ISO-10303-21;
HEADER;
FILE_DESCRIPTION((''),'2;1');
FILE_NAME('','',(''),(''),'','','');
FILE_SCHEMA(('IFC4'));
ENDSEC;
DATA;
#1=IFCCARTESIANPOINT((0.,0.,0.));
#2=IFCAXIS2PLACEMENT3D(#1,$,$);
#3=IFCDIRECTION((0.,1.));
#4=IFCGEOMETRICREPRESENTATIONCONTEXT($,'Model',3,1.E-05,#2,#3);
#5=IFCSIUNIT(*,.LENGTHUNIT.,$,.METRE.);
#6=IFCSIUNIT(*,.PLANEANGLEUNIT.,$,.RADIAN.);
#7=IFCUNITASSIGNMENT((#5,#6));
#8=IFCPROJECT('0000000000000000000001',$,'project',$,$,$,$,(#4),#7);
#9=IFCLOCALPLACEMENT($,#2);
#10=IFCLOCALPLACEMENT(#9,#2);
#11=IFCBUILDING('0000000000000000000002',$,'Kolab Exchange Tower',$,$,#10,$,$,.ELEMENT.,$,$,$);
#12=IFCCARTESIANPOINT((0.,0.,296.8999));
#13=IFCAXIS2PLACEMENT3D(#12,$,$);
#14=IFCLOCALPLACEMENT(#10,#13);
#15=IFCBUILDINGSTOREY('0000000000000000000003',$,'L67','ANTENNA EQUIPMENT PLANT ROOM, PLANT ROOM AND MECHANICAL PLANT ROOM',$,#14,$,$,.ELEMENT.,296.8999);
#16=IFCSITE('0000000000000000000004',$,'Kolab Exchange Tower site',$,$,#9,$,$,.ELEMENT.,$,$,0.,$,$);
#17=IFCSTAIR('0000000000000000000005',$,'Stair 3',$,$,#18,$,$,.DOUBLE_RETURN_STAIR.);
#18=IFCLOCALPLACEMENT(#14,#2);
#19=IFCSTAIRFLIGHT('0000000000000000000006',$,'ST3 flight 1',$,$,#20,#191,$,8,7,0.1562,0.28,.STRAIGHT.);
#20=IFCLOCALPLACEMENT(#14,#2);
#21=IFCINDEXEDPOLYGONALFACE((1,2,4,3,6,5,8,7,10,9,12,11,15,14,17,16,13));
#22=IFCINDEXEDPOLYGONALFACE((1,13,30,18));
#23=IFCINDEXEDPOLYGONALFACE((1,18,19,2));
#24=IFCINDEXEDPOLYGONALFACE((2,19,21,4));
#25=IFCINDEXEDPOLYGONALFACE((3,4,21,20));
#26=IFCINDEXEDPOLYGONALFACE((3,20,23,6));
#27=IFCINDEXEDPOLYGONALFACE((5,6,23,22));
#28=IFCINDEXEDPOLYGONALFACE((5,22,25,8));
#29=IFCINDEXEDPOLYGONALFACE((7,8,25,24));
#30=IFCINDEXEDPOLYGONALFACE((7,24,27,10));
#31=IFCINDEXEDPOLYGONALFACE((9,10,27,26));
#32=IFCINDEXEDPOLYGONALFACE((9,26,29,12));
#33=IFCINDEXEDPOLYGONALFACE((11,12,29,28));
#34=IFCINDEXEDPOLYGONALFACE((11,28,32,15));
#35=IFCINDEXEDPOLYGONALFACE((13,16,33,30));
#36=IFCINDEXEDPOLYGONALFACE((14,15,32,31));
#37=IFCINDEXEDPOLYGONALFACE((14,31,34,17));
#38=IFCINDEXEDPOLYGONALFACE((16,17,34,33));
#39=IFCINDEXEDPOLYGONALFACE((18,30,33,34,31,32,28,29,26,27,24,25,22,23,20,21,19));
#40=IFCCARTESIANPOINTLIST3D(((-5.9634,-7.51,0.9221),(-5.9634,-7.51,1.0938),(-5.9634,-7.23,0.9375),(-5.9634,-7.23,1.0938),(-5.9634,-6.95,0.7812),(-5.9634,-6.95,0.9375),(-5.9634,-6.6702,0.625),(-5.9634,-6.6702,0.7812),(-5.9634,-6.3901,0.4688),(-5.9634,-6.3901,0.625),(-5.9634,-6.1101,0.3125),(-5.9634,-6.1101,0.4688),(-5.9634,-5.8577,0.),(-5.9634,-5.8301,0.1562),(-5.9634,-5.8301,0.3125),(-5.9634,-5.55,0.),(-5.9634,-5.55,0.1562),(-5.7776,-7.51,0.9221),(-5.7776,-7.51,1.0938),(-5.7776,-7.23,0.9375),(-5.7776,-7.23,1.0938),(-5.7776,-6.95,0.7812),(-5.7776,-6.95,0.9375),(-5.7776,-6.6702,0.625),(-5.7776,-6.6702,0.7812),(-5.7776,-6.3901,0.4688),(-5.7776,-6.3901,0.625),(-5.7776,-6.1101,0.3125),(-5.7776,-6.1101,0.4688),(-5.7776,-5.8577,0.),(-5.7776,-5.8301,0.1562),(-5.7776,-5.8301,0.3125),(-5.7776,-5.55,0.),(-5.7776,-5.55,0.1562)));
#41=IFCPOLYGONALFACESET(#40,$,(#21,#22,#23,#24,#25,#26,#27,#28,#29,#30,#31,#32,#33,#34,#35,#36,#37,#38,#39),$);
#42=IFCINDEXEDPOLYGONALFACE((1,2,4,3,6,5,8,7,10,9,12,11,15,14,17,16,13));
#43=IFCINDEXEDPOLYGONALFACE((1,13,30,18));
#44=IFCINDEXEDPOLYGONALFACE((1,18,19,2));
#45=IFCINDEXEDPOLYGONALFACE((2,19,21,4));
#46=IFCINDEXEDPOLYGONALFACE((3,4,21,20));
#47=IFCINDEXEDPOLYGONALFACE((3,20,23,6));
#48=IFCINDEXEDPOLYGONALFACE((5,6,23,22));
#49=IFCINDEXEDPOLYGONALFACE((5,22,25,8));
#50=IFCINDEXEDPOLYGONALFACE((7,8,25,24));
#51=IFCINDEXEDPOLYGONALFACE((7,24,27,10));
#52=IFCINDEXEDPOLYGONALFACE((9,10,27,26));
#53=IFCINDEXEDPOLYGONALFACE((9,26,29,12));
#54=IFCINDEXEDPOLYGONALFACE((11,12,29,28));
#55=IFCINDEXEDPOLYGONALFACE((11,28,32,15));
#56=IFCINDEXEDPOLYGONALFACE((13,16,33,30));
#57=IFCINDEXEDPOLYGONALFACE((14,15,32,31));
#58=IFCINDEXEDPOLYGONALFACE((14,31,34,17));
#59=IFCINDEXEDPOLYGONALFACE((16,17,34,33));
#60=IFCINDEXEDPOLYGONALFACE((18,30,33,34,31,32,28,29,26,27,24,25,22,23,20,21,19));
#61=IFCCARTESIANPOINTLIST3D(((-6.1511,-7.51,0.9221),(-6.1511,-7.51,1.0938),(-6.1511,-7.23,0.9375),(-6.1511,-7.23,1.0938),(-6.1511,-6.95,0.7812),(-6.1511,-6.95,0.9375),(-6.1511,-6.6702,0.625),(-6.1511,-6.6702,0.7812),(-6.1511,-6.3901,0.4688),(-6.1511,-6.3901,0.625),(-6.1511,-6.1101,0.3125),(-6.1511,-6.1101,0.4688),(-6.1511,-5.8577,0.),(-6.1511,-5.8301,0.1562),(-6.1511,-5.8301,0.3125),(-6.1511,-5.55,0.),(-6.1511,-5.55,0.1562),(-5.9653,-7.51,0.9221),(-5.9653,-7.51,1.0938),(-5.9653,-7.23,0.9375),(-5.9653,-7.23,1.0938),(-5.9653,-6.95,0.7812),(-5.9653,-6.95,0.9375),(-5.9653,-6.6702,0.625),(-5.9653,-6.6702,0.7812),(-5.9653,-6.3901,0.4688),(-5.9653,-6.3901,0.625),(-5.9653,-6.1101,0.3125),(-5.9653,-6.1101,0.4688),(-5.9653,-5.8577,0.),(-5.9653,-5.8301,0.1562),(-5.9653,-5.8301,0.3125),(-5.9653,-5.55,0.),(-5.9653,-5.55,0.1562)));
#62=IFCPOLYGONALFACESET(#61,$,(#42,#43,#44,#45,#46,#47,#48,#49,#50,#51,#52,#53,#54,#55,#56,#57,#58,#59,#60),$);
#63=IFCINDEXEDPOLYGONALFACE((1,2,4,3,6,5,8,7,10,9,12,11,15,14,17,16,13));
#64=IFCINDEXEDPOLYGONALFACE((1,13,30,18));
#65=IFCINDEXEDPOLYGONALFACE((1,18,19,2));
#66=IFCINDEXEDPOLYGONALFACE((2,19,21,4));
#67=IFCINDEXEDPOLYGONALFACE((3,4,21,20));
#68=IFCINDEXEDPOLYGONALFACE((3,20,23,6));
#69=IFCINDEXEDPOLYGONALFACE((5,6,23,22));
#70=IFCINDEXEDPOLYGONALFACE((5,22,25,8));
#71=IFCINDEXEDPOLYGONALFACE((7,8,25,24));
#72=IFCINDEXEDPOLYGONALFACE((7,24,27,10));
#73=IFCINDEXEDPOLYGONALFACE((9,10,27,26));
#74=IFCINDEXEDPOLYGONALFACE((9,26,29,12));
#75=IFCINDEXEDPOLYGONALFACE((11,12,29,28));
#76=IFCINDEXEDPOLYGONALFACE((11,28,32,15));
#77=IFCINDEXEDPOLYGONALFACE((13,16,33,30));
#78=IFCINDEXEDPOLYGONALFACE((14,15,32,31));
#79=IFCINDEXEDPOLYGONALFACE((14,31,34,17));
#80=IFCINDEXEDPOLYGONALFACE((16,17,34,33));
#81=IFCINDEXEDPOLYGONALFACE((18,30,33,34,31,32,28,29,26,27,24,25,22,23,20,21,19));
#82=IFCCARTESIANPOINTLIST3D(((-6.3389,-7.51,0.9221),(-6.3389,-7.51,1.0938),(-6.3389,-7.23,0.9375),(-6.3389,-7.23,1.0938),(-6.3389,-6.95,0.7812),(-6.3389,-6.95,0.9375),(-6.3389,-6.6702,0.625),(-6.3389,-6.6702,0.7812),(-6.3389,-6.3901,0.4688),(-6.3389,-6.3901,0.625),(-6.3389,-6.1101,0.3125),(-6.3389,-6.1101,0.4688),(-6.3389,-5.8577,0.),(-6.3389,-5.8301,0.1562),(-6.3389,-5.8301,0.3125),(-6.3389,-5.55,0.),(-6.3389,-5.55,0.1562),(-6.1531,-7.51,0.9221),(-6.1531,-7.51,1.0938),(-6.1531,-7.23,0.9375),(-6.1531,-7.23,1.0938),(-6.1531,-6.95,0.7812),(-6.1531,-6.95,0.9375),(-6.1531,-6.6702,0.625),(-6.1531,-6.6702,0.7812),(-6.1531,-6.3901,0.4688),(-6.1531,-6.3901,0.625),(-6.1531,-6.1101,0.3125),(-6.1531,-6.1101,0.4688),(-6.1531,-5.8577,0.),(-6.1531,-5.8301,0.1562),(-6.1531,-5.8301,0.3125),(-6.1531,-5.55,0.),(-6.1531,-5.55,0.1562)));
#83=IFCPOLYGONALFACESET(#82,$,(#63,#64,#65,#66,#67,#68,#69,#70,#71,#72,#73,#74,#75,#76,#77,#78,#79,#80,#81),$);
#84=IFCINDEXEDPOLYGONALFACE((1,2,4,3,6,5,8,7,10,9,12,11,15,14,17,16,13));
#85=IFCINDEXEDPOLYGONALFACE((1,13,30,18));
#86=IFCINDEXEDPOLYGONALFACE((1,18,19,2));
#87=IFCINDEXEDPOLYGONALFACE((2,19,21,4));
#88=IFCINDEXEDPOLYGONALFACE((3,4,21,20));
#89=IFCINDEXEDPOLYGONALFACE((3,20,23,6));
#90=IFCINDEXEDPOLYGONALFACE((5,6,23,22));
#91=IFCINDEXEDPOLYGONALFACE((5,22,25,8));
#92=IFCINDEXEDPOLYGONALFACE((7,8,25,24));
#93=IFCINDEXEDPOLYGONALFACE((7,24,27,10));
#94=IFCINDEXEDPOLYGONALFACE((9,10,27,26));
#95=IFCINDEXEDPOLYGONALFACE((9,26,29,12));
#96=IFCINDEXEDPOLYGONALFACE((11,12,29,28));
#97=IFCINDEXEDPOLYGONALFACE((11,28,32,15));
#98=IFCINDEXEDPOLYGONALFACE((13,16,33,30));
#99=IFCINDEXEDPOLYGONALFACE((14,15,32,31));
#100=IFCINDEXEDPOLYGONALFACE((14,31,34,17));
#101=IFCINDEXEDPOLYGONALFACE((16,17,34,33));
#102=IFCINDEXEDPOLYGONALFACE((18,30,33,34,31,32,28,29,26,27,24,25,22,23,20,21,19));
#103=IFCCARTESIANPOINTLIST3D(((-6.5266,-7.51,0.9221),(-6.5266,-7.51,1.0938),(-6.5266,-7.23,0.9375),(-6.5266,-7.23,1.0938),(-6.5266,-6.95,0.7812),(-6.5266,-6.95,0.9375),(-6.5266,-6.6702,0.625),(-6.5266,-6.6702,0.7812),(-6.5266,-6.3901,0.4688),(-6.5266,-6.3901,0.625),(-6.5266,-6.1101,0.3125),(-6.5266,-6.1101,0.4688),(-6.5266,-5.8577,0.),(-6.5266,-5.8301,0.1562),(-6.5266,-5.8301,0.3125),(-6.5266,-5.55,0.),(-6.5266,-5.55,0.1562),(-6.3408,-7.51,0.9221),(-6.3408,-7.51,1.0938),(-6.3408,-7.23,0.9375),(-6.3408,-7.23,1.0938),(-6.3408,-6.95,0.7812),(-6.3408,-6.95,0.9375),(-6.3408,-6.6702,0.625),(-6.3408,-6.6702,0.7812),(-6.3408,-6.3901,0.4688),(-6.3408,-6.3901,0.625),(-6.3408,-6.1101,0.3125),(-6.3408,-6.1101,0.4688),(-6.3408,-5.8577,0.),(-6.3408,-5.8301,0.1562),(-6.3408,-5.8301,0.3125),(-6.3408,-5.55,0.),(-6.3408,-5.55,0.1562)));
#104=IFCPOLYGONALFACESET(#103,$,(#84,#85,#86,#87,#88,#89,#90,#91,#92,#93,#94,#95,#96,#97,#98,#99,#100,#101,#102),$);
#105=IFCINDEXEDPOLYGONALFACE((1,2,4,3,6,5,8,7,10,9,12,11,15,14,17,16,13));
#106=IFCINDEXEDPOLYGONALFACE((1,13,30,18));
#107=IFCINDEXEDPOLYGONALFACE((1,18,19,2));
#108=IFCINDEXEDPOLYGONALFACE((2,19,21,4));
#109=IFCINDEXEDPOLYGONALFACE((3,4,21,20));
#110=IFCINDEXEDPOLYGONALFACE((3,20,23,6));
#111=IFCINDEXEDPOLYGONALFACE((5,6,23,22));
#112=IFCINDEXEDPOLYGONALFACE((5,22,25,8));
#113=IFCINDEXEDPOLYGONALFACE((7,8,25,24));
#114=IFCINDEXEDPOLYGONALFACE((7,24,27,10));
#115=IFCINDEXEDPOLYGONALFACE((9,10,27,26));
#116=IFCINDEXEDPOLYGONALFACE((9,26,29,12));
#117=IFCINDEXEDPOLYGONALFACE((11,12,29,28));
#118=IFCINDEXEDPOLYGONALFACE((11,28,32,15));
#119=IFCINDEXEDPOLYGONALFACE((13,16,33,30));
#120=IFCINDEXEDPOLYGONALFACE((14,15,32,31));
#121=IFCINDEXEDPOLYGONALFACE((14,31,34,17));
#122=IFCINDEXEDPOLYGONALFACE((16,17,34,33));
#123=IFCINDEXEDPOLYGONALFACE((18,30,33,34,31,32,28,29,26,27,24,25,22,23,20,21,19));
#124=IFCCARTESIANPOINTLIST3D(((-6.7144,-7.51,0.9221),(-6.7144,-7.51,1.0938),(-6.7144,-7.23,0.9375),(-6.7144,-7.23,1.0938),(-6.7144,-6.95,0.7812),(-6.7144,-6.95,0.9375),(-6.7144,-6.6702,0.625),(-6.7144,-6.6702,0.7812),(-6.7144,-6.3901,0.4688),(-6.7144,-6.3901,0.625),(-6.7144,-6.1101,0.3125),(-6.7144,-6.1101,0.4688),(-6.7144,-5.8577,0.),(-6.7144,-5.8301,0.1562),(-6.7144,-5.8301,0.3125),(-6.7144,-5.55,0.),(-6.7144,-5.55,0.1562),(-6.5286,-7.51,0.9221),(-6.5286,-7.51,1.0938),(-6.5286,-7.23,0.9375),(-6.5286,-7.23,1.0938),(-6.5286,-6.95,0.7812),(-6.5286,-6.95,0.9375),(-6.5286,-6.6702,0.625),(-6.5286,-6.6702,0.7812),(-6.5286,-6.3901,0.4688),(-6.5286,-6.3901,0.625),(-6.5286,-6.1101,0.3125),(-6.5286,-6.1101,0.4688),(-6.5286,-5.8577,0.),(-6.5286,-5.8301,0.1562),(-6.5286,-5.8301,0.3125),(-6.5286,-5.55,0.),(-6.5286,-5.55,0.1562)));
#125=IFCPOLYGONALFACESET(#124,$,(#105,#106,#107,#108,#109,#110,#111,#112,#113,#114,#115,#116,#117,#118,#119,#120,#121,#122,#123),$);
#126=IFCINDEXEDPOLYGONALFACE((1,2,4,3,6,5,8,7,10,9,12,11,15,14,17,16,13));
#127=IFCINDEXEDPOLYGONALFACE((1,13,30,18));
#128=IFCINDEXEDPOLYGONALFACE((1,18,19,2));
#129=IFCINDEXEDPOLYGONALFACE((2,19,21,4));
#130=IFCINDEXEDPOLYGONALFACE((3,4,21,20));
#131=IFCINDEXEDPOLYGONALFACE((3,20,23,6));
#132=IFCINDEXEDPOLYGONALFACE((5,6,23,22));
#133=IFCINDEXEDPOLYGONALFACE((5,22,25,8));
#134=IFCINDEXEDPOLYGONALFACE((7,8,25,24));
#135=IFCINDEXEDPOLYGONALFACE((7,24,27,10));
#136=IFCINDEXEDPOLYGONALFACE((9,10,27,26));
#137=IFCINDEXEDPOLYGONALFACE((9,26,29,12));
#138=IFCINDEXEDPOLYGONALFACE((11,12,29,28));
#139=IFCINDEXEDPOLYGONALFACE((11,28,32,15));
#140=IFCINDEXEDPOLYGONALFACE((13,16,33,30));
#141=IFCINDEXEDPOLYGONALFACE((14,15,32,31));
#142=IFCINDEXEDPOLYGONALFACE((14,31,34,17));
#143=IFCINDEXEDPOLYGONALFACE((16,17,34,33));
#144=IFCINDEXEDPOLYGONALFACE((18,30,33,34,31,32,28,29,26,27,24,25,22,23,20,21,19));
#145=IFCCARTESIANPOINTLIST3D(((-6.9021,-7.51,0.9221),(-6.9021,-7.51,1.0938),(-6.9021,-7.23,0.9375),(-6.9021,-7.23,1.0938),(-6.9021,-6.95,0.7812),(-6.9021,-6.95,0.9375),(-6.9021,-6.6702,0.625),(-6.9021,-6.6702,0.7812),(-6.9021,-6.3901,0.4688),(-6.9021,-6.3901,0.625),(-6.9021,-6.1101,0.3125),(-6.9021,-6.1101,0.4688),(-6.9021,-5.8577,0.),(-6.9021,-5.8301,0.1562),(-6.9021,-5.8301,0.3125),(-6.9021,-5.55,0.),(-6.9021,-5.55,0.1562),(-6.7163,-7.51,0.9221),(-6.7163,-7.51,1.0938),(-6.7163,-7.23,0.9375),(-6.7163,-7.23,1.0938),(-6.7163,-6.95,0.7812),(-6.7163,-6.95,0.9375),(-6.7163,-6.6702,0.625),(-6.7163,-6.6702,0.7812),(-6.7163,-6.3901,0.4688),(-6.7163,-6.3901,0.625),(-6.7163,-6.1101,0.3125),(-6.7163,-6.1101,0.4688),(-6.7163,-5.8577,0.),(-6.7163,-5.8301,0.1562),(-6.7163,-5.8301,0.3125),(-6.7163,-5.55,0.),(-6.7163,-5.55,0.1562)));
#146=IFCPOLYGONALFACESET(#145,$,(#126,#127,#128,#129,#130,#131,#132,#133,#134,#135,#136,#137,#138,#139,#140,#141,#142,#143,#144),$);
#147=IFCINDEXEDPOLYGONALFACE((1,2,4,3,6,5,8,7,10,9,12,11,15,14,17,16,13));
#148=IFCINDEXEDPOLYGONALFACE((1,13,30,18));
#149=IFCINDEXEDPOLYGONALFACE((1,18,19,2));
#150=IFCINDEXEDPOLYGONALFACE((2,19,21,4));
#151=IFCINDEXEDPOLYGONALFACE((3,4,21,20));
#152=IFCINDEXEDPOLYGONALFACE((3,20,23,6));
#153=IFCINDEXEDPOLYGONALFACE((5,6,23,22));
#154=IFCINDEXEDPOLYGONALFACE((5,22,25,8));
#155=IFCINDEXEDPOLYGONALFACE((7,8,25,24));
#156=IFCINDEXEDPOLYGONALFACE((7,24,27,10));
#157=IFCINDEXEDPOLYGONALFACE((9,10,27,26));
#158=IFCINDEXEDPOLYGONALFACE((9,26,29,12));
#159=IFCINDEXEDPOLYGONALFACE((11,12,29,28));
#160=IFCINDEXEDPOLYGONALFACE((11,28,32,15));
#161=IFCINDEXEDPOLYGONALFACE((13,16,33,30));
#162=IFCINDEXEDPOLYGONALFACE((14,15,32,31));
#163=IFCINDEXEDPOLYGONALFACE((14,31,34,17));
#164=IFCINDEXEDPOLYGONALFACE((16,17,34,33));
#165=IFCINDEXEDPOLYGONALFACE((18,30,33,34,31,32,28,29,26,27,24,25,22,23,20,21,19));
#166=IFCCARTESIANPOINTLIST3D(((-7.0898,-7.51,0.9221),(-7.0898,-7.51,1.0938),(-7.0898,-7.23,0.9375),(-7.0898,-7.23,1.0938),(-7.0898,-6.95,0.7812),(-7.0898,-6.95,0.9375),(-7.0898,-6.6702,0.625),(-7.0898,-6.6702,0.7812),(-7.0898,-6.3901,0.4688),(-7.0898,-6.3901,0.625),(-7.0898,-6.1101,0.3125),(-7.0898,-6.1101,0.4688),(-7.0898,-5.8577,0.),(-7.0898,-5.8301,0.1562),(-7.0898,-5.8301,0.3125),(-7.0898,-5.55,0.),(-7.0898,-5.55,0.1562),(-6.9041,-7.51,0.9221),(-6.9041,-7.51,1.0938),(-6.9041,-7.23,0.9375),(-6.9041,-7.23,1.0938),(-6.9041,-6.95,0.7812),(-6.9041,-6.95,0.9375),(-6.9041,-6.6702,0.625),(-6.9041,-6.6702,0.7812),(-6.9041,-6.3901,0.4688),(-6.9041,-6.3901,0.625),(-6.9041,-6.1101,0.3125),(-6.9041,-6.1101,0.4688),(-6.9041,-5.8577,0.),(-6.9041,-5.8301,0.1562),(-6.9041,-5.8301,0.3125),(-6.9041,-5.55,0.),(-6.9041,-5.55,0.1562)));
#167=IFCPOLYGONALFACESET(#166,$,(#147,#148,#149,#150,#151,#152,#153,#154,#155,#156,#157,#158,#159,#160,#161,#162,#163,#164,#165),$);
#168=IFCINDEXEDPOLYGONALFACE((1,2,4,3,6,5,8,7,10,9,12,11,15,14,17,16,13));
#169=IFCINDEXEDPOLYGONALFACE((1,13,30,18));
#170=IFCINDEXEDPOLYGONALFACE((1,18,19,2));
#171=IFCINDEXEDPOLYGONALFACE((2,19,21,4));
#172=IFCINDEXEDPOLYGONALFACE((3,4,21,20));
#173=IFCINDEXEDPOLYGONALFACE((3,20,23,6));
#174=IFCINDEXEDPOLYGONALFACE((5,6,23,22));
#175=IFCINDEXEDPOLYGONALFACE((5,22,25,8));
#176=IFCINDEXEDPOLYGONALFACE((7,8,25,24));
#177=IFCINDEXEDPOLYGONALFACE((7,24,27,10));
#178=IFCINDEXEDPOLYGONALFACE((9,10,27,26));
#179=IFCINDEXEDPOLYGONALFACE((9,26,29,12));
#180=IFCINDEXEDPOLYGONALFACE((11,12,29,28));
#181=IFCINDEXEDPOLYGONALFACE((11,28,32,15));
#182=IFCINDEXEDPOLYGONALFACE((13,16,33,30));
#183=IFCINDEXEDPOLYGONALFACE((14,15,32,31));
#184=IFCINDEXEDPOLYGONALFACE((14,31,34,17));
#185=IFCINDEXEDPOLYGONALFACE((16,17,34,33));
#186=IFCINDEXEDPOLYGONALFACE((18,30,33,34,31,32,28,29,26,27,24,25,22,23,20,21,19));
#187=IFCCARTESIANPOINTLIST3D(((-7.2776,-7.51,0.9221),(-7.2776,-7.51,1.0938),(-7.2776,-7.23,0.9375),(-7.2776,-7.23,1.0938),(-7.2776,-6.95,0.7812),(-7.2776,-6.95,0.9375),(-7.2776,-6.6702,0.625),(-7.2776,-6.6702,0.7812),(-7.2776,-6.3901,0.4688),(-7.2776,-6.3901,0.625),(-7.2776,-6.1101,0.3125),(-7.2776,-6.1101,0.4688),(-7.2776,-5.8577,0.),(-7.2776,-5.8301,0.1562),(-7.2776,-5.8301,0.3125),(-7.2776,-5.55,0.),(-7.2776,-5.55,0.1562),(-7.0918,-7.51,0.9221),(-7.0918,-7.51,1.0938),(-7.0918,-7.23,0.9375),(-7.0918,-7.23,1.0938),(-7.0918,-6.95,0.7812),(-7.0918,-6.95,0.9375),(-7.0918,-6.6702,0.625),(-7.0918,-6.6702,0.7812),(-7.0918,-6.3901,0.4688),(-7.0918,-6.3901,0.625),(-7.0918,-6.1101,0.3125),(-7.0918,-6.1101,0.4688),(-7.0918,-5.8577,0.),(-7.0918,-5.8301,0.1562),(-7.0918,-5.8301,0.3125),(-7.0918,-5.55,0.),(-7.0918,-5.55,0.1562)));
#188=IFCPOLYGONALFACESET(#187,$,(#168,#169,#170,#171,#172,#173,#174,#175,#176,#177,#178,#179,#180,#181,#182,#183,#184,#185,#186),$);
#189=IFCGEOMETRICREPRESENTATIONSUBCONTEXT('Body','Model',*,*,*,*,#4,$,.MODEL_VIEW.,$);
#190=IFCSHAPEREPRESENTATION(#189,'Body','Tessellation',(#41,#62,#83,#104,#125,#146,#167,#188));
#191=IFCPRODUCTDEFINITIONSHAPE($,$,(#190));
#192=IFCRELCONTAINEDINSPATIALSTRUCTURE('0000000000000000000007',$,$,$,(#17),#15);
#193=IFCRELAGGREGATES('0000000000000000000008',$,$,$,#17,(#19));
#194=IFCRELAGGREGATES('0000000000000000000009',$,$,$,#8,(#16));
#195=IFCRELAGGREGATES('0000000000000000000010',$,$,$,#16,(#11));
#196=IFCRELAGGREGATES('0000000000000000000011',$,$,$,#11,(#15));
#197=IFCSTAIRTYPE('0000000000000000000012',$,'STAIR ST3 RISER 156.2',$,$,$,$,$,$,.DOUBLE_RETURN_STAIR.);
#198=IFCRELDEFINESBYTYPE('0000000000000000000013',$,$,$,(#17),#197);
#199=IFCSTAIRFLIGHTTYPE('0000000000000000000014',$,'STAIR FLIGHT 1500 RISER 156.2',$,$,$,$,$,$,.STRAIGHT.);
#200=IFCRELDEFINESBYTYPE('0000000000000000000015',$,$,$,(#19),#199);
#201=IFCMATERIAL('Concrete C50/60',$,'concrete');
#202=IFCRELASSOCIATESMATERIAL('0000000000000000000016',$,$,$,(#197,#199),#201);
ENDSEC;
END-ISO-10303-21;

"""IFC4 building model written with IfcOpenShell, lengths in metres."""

from ifc_helpers import new_model, si_unit, direction, frame, origin, place, context, subcontext, project, spatial, polyline, outline, extrude, material, type_object, element, aggregate, save


model = new_model("IFC4")

# Units and contexts
model_context = context("Model", 3, precision=1e-05, world=origin(), true_north=direction((0.0, 1.0)))
body_context = subcontext(model_context, "Body", "Model", "MODEL_VIEW")
ifc_project = project(units=[si_unit("LENGTHUNIT", "METRE"), si_unit("PLANEANGLEUNIT", "RADIAN")], contexts=[model_context])

# Site, building, storey
site_placement = place(None, origin())
site = spatial("IfcSite", under=ifc_project, at=site_placement, Name="Kolab Exchange Tower site", CompositionType="ELEMENT", RefElevation=0.0)
building_placement = place(site_placement, origin())
building = spatial("IfcBuilding", under=site, at=building_placement, Name="Kolab Exchange Tower", CompositionType="ELEMENT")
storey_placement = place(building_placement, frame((0.0, 0.0, 296.8999)))
storey = spatial("IfcBuildingStorey", under=building, at=storey_placement, Name="L67", Description="ANTENNA EQUIPMENT PLANT ROOM, PLANT ROOM AND MECHANICAL PLANT ROOM", CompositionType="ELEMENT", Elevation=296.8999)

# Shared definitions
ifc_material_1 = material(Name="Concrete C50/60", Category="concrete")

# Stair, stair flight
stair_type = type_object("IfcStairType", Name="STAIR ST3 RISER 156.2", PredefinedType="DOUBLE_RETURN_STAIR", material=ifc_material_1)
stair_placement = place(storey_placement, origin())
stair = element("IfcStair", 1, at=stair_placement, inside=storey, type_object=stair_type, Name="Stair 3", PredefinedType="DOUBLE_RETURN_STAIR")
stair_flight_type = type_object("IfcStairFlightType", Name="STAIR FLIGHT 1500 RISER 156.2", PredefinedType="STRAIGHT", material=ifc_material_1)
stair_flight_1_placement = place(storey_placement, frame((-6.5276, -5.55, 0.0), z_axis=(0.0, 0.0, 1.0), x_axis=(0.0, -1.0, 0.0)))
stair_flight_1 = element("IfcStairFlight", 2, at=stair_flight_1_placement, type_object=stair_flight_type, Name="ST3 flight 1", NumberOfRisers=8, NumberOfTreads=7, PredefinedType="STRAIGHT", RiserHeight=0.1562, TreadLength=0.28, context=body_context, shape_type="SweptSolid", body=[
    extrude(outline(polyline([(0.0, 0.0), (0.0, 0.1562), (0.28, 0.1562), (0.28, 0.3125), (0.5601, 0.3125), (0.5601, 0.4688), (0.8401, 0.4688), (0.8401, 0.625), (1.1201, 0.625), (1.1201, 0.7812), (1.3999, 0.7812), (1.3999, 0.9375), (1.6799, 0.9375), (1.6799, 1.0938), (1.96, 1.0938), (1.96, 1.25), (1.96, 0.9221), (0.3076, 0.0), (0.0, 0.0)])), frame((0.0, 0.75, 0.0), z_axis=(0.0, -1.0, 0.0), x_axis=(1.0, 0.0, 0.0)), (0.0, 0.0, 1.0), 0.1858),
    extrude(outline(polyline([(0.0, 0.0), (0.0, 0.1562), (0.28, 0.1562), (0.28, 0.3125), (0.5601, 0.3125), (0.5601, 0.4688), (0.8401, 0.4688), (0.8401, 0.625), (1.1201, 0.625), (1.1201, 0.7812), (1.3999, 0.7812), (1.3999, 0.9375), (1.6799, 0.9375), (1.6799, 1.0938), (1.96, 1.0938), (1.96, 1.25), (1.96, 0.9221), (0.3076, 0.0), (0.0, 0.0)])), frame((0.0, 0.5623, 0.0), z_axis=(0.0, -1.0, 0.0), x_axis=(1.0, 0.0, 0.0)), (0.0, 0.0, 1.0), 0.1858),
    extrude(outline(polyline([(0.0, 0.0), (0.0, 0.1562), (0.28, 0.1562), (0.28, 0.3125), (0.5601, 0.3125), (0.5601, 0.4688), (0.8401, 0.4688), (0.8401, 0.625), (1.1201, 0.625), (1.1201, 0.7812), (1.3999, 0.7812), (1.3999, 0.9375), (1.6799, 0.9375), (1.6799, 1.0938), (1.96, 1.0938), (1.96, 1.25), (1.96, 0.9221), (0.3076, 0.0), (0.0, 0.0)])), frame((0.0, 0.3745, 0.0), z_axis=(0.0, -1.0, 0.0), x_axis=(1.0, 0.0, 0.0)), (0.0, 0.0, 1.0), 0.1858),
    extrude(outline(polyline([(0.0, 0.0), (0.0, 0.1562), (0.28, 0.1562), (0.28, 0.3125), (0.5601, 0.3125), (0.5601, 0.4688), (0.8401, 0.4688), (0.8401, 0.625), (1.1201, 0.625), (1.1201, 0.7812), (1.3999, 0.7812), (1.3999, 0.9375), (1.6799, 0.9375), (1.6799, 1.0938), (1.96, 1.0938), (1.96, 1.25), (1.96, 0.9221), (0.3076, 0.0), (0.0, 0.0)])), frame((0.0, 0.1868, 0.0), z_axis=(0.0, -1.0, 0.0), x_axis=(1.0, 0.0, 0.0)), (0.0, 0.0, 1.0), 0.1858),
    extrude(outline(polyline([(0.0, 0.0), (0.0, 0.1562), (0.28, 0.1562), (0.28, 0.3125), (0.5601, 0.3125), (0.5601, 0.4688), (0.8401, 0.4688), (0.8401, 0.625), (1.1201, 0.625), (1.1201, 0.7812), (1.3999, 0.7812), (1.3999, 0.9375), (1.6799, 0.9375), (1.6799, 1.0938), (1.96, 1.0938), (1.96, 1.25), (1.96, 0.9221), (0.3076, 0.0), (0.0, 0.0)])), frame((0.0, -0.001, 0.0), z_axis=(0.0, -1.0, 0.0), x_axis=(1.0, 0.0, 0.0)), (0.0, 0.0, 1.0), 0.1858),
    extrude(outline(polyline([(0.0, 0.0), (0.0, 0.1562), (0.28, 0.1562), (0.28, 0.3125), (0.5601, 0.3125), (0.5601, 0.4688), (0.8401, 0.4688), (0.8401, 0.625), (1.1201, 0.625), (1.1201, 0.7812), (1.3999, 0.7812), (1.3999, 0.9375), (1.6799, 0.9375), (1.6799, 1.0938), (1.96, 1.0938), (1.96, 1.25), (1.96, 0.9221), (0.3076, 0.0), (0.0, 0.0)])), frame((0.0, -0.1887, 0.0), z_axis=(0.0, -1.0, 0.0), x_axis=(1.0, 0.0, 0.0)), (0.0, 0.0, 1.0), 0.1858),
    extrude(outline(polyline([(0.0, 0.0), (0.0, 0.1562), (0.28, 0.1562), (0.28, 0.3125), (0.5601, 0.3125), (0.5601, 0.4688), (0.8401, 0.4688), (0.8401, 0.625), (1.1201, 0.625), (1.1201, 0.7812), (1.3999, 0.7812), (1.3999, 0.9375), (1.6799, 0.9375), (1.6799, 1.0938), (1.96, 1.0938), (1.96, 1.25), (1.96, 0.9221), (0.3076, 0.0), (0.0, 0.0)])), frame((0.0, -0.3765, 0.0), z_axis=(0.0, -1.0, 0.0), x_axis=(1.0, 0.0, 0.0)), (0.0, 0.0, 1.0), 0.1858),
    extrude(outline(polyline([(0.0, 0.0), (0.0, 0.1562), (0.28, 0.1562), (0.28, 0.3125), (0.5601, 0.3125), (0.5601, 0.4688), (0.8401, 0.4688), (0.8401, 0.625), (1.1201, 0.625), (1.1201, 0.7812), (1.3999, 0.7812), (1.3999, 0.9375), (1.6799, 0.9375), (1.6799, 1.0938), (1.96, 1.0938), (1.96, 1.25), (1.96, 0.9221), (0.3076, 0.0), (0.0, 0.0)])), frame((0.0, -0.5642, 0.0), z_axis=(0.0, -1.0, 0.0), x_axis=(1.0, 0.0, 0.0)), (0.0, 0.0, 1.0), 0.1858),
])
aggregate(stair, [stair_flight_1])

save(model, "model.ifc")
